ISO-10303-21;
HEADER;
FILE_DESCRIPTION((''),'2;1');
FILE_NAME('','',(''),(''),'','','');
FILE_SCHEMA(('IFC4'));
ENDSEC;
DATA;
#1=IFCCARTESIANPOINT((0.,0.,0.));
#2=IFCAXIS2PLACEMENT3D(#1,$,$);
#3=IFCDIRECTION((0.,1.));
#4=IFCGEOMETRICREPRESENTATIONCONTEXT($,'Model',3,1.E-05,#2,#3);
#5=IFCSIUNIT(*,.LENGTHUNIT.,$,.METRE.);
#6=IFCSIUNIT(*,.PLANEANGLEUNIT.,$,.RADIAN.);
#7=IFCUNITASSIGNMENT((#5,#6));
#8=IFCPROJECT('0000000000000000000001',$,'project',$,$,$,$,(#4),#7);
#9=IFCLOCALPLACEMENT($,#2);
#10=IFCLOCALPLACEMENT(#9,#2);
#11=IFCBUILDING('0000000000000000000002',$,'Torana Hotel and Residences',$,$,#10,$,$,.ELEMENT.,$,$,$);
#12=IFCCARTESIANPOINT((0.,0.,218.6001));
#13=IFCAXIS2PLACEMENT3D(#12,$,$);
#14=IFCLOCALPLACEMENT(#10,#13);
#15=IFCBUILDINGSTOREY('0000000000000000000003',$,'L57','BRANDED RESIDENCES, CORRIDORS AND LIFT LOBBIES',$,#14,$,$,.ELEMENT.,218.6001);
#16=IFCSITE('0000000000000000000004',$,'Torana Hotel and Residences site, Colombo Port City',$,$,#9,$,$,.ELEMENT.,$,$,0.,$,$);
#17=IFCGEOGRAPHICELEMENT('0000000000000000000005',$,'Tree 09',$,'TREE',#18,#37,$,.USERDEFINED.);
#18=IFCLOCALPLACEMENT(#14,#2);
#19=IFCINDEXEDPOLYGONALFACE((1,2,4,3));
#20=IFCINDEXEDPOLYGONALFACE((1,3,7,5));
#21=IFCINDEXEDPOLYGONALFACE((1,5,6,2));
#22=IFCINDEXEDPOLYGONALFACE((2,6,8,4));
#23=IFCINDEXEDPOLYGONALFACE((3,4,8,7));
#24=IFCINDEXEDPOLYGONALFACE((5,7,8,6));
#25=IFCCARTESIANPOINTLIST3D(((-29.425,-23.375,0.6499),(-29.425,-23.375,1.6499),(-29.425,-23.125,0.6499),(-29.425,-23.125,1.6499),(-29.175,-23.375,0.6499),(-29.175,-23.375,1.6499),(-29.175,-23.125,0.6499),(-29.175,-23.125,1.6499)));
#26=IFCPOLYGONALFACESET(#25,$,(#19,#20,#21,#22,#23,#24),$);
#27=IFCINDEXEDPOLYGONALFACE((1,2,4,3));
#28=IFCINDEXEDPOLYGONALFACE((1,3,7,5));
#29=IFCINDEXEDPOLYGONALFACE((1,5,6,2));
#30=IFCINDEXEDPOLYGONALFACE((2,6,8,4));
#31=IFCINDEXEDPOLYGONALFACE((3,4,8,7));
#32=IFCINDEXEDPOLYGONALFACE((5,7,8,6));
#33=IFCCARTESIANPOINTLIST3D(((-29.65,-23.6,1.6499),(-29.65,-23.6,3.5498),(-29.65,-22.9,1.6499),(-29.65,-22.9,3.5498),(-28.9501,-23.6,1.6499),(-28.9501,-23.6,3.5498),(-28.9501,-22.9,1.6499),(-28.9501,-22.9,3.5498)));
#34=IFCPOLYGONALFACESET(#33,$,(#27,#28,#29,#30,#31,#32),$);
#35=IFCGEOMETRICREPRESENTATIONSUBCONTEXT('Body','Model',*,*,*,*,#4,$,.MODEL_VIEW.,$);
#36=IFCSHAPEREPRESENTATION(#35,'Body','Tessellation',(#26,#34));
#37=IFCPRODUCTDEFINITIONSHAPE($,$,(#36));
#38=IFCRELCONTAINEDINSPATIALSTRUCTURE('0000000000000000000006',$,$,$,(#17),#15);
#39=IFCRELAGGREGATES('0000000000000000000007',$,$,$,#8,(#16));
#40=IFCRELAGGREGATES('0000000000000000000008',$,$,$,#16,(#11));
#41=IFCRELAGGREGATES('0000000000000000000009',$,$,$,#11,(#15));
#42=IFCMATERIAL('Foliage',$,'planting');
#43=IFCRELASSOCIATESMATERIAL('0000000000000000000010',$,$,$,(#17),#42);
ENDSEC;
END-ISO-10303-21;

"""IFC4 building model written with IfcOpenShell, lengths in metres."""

from ifc_helpers import new_model, si_unit, direction, frame, origin, origin_2d, place, context, subcontext, project, spatial, rectangle, extrude, material, element, save


model = new_model("IFC4")

# Units and contexts
model_context = context("Model", 3, precision=1e-05, world=origin(), true_north=direction((0.0, 1.0)))
body_context = subcontext(model_context, "Body", "Model", "MODEL_VIEW")
ifc_project = project(units=[si_unit("LENGTHUNIT", "METRE"), si_unit("PLANEANGLEUNIT", "RADIAN")], contexts=[model_context])

# Site, building, storey
site_placement = place(None, origin())
site = spatial("IfcSite", under=ifc_project, at=site_placement, Name="Torana Hotel and Residences site, Colombo Port City", CompositionType="ELEMENT", RefElevation=0.0)
building_placement = place(site_placement, origin())
building = spatial("IfcBuilding", under=site, at=building_placement, Name="Torana Hotel and Residences", CompositionType="ELEMENT")
storey_placement = place(building_placement, frame((0.0, 0.0, 218.6001)))
storey = spatial("IfcBuildingStorey", under=building, at=storey_placement, Name="L57", Description="BRANDED RESIDENCES, CORRIDORS AND LIFT LOBBIES", CompositionType="ELEMENT", Elevation=218.6001)

# Geographic element
ifc_material_1 = material(Name="Foliage", Category="planting")
geographic_element_placement = place(storey_placement, frame((-29.3, -23.25, 0.6499), z_axis=(0.0, 0.0, 1.0), x_axis=(1.0, 0.0, 0.0)))
element("IfcGeographicElement", 1, at=geographic_element_placement, inside=storey, material=ifc_material_1, Name="Tree 09", ObjectType="TREE", PredefinedType="USERDEFINED", context=body_context, shape_type="SweptSolid", body=[
    extrude(rectangle(XDim=0.25, YDim=0.25, at=origin_2d()), origin(), (0.0, 0.0, 1.0), 1.0),
    extrude(rectangle(XDim=0.7, YDim=0.7, at=origin_2d()), frame((0.0, 0.0, 1.0)), (0.0, 0.0, 1.0), 1.8999),
])

save(model, "model.ifc")
